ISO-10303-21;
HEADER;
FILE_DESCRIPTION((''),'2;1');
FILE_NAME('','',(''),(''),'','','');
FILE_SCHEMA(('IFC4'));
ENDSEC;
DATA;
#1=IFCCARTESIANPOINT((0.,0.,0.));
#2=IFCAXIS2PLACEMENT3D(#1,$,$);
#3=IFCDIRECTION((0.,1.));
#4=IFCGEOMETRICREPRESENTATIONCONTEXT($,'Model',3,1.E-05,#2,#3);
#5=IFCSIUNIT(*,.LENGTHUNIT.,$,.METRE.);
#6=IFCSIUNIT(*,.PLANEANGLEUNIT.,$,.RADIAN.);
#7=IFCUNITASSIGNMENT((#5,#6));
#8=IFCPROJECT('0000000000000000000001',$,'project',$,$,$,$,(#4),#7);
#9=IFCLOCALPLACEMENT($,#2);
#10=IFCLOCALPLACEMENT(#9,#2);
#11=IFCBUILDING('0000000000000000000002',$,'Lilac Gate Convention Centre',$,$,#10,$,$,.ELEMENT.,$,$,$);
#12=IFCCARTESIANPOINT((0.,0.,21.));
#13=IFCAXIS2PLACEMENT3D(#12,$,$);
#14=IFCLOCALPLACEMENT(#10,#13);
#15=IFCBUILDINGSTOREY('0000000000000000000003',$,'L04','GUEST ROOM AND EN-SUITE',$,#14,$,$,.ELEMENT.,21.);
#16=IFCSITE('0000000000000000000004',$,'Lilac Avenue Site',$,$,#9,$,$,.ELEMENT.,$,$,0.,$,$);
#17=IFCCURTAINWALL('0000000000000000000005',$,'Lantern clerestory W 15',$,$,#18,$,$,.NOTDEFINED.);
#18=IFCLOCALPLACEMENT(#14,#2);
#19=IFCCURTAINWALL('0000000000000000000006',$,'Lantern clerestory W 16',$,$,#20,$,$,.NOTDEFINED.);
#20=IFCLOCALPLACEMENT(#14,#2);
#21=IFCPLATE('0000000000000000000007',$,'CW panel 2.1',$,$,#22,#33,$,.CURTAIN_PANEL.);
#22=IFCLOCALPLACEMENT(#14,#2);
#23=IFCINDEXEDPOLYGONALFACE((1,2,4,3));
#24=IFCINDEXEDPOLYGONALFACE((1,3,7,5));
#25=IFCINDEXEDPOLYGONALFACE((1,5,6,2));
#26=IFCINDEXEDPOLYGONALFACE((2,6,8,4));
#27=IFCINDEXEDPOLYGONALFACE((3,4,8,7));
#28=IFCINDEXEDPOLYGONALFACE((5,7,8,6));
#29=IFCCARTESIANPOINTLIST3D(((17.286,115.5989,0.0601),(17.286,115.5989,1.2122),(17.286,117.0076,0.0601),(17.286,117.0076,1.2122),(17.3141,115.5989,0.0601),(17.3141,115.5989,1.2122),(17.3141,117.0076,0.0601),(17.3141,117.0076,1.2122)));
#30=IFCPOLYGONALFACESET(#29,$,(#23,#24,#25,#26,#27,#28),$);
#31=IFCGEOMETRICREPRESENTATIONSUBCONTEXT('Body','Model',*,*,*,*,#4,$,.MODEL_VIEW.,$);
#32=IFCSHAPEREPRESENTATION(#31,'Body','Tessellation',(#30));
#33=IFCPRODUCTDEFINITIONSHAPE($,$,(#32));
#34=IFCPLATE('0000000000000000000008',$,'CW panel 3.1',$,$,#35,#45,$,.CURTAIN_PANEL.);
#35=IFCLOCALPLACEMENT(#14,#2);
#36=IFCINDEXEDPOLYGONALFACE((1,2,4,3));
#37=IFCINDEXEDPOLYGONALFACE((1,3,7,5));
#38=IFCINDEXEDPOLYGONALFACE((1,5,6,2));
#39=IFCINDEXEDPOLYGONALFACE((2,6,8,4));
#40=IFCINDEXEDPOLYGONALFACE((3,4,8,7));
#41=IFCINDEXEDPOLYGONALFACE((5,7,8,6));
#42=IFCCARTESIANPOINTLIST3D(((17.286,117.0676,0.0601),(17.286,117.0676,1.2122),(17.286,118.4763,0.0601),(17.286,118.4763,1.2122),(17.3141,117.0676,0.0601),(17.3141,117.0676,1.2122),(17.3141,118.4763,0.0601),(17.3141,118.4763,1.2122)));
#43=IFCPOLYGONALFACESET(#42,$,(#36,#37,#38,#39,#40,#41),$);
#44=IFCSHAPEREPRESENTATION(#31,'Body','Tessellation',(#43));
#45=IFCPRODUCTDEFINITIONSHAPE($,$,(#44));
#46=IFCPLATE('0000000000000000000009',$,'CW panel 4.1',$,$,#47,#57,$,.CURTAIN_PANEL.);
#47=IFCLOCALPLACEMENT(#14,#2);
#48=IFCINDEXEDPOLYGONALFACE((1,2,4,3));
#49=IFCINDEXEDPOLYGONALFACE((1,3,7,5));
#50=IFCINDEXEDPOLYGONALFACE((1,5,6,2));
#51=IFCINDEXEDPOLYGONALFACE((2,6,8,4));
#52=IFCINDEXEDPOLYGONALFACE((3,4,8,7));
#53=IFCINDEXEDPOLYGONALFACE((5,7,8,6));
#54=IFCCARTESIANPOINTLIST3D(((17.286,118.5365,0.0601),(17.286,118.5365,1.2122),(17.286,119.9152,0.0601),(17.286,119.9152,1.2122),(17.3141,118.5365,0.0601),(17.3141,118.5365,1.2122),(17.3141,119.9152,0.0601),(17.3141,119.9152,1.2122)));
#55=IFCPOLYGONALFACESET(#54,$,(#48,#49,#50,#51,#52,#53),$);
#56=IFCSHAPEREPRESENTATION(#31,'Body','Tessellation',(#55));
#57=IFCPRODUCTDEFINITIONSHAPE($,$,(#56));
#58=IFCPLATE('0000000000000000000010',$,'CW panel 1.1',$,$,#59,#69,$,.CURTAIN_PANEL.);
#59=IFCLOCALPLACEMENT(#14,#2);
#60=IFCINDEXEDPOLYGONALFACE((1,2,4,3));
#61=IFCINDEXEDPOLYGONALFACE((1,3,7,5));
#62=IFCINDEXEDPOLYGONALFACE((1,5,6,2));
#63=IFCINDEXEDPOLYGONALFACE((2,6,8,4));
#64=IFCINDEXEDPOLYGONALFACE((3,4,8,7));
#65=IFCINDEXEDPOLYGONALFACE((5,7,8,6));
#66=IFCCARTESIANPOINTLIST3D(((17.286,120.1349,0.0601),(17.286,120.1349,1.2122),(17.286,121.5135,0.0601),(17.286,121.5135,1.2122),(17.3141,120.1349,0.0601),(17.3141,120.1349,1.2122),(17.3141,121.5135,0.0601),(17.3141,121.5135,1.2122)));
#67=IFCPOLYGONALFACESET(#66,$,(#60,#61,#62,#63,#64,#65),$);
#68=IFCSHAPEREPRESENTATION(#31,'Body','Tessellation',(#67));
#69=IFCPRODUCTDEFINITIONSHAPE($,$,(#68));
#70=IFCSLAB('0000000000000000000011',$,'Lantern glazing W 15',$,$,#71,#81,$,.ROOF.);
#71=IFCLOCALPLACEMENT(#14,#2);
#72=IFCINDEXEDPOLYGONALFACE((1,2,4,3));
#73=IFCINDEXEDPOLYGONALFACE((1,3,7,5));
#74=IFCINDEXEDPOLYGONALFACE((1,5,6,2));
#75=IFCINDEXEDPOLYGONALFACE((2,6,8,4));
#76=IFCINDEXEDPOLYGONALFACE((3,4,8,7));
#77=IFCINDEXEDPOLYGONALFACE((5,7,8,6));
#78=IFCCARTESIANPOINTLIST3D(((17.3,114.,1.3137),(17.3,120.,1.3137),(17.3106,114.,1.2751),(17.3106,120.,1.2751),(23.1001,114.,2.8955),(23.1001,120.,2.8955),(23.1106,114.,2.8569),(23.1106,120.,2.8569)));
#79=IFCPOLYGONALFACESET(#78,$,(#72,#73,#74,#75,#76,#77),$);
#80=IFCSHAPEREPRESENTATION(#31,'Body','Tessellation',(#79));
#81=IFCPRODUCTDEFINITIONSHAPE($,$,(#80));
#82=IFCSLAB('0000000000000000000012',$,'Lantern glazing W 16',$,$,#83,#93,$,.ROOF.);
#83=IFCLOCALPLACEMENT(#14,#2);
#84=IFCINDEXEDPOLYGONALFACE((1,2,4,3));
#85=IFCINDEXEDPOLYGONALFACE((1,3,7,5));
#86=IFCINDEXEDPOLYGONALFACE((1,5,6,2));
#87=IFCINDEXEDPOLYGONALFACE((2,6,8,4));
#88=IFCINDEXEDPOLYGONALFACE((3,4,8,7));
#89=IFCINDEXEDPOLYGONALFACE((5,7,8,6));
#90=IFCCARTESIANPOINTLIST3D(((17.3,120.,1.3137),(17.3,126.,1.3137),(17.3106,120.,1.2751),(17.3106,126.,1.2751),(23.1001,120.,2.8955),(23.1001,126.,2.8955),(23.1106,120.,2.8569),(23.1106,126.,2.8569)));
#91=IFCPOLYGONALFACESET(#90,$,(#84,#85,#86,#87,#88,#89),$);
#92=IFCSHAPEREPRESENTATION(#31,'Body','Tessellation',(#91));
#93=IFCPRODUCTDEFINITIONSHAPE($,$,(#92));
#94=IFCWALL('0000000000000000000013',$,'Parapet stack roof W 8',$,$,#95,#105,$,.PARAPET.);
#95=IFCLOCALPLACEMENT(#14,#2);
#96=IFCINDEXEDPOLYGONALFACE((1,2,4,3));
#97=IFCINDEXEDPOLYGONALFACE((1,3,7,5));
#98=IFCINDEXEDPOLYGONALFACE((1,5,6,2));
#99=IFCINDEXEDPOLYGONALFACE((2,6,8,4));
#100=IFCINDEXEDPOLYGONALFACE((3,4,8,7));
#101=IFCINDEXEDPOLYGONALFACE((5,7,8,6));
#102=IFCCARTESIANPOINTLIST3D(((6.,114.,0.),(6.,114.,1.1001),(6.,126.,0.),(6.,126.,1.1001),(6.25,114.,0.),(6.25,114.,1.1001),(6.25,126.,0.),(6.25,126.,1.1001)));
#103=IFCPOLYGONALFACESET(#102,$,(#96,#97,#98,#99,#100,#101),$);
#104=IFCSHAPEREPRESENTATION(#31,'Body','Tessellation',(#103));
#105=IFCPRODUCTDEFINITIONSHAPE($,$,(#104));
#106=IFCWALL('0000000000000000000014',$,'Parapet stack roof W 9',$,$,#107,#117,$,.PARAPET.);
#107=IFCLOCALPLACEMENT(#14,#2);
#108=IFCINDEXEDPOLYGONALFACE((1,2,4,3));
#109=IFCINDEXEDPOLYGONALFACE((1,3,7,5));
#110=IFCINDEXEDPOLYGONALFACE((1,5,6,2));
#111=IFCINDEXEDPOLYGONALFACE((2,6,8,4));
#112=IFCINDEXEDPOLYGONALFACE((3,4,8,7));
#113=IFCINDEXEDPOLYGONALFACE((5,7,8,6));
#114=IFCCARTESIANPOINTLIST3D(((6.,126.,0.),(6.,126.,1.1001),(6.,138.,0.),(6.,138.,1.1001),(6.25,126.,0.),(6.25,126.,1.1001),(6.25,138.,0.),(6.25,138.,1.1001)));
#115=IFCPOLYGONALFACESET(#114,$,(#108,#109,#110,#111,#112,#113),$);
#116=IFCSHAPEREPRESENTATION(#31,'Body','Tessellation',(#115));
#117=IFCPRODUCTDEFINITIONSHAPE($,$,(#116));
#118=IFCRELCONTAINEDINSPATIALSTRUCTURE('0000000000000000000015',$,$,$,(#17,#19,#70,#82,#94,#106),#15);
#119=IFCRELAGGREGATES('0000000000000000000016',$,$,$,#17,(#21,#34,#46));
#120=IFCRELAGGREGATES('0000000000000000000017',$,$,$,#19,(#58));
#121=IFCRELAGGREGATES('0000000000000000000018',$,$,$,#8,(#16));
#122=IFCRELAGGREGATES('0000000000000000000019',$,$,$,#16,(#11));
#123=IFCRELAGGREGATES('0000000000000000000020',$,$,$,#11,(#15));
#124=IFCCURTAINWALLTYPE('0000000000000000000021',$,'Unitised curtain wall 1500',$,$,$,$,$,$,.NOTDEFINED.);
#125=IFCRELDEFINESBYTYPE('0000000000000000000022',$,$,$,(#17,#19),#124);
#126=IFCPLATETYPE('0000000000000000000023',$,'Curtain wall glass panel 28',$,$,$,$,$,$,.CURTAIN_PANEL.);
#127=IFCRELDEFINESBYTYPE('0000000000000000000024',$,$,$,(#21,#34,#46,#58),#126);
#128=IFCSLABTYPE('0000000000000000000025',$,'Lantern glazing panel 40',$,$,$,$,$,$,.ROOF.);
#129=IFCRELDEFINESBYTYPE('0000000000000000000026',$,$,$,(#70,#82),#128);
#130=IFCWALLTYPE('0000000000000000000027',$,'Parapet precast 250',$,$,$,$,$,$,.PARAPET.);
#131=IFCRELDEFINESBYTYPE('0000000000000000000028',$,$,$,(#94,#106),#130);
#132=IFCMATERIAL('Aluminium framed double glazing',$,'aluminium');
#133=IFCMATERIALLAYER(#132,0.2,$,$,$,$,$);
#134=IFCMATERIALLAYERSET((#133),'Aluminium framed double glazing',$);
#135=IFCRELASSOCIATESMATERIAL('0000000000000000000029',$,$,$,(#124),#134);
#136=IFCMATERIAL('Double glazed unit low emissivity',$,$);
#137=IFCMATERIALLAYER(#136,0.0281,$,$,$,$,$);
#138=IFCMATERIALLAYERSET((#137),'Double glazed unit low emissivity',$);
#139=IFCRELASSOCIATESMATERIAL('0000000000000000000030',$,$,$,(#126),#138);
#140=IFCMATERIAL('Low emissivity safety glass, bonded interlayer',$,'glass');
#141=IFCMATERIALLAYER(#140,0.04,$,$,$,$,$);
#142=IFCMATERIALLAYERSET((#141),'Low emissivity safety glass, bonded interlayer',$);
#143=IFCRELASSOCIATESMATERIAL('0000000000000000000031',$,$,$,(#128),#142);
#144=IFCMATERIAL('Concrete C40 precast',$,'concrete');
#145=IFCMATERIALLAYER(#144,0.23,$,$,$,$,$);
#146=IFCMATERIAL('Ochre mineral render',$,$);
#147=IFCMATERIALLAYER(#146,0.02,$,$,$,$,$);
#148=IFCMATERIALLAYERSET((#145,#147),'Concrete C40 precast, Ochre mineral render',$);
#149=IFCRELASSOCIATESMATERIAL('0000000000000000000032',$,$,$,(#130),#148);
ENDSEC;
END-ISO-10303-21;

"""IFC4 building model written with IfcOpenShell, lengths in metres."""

from ifc_helpers import new_model, si_unit, direction, frame, frame_2d, origin, origin_2d, place, context, subcontext, project, spatial, polyline, rectangle, outline, extrude, material, layer, layer_set, type_object, element, aggregate, save


model = new_model("IFC4")

# Units and contexts
model_context = context("Model", 3, precision=1e-05, world=origin(), true_north=direction((0.0, 1.0)))
body_context = subcontext(model_context, "Body", "Model", "MODEL_VIEW")
ifc_project = project(units=[si_unit("LENGTHUNIT", "METRE"), si_unit("PLANEANGLEUNIT", "RADIAN")], contexts=[model_context])

# Site, building, storey
site_placement = place(None, origin())
site = spatial("IfcSite", under=ifc_project, at=site_placement, Name="Lilac Avenue Site", CompositionType="ELEMENT", RefElevation=0.0)
building_placement = place(site_placement, origin())
building = spatial("IfcBuilding", under=site, at=building_placement, Name="Lilac Gate Convention Centre", CompositionType="ELEMENT")
storey_placement = place(building_placement, frame((0.0, 0.0, 21.0)))
storey = spatial("IfcBuildingStorey", under=building, at=storey_placement, Name="L04", Description="GUEST ROOM AND EN-SUITE", CompositionType="ELEMENT", Elevation=21.0)

# Curtain walls
ifc_material_1 = material(Name="Aluminium framed double glazing", Category="aluminium")
ifc_layer_1 = layer(ifc_material_1, 0.2)
ifc_layer_set_1 = layer_set([ifc_layer_1], Name="Aluminium framed double glazing")
curtain_wall_type = type_object("IfcCurtainWallType", Name="Unitised curtain wall 1500", PredefinedType="NOTDEFINED", material=ifc_layer_set_1)
curtain_wall_1_placement = place(storey_placement, origin())
curtain_wall_1 = element("IfcCurtainWall", 1, at=curtain_wall_1_placement, inside=storey, type_object=curtain_wall_type, Name="Lantern clerestory W 15", PredefinedType="NOTDEFINED")
curtain_wall_2_placement = place(storey_placement, origin())
curtain_wall_2 = element("IfcCurtainWall", 2, at=curtain_wall_2_placement, inside=storey, type_object=curtain_wall_type, Name="Lantern clerestory W 16", PredefinedType="NOTDEFINED")

# Plates
ifc_material_2 = material(Name="Double glazed unit low emissivity")
ifc_layer_2 = layer(ifc_material_2, 0.0281)
ifc_layer_set_2 = layer_set([ifc_layer_2], Name="Double glazed unit low emissivity")
plate_type = type_object("IfcPlateType", Name="Curtain wall glass panel 28", PredefinedType="CURTAIN_PANEL", material=ifc_layer_set_2)
plate_1_placement = place(storey_placement, frame((17.3, 116.3032, 0.0601), z_axis=(0.0, 0.0, 1.0), x_axis=(0.0, 1.0, 0.0)))
plate_1 = element("IfcPlate", 3, at=plate_1_placement, type_object=plate_type, Name="CW panel 2.1", PredefinedType="CURTAIN_PANEL", context=body_context, shape_type="SweptSolid", body=[
    extrude(rectangle(XDim=1.4087, YDim=0.0281, at=origin_2d()), origin(), (0.0, 0.0, 1.0), 1.1521),
])
plate_2_placement = place(storey_placement, frame((17.3, 117.772, 0.0601), z_axis=(0.0, 0.0, 1.0), x_axis=(0.0, 1.0, 0.0)))
plate_2 = element("IfcPlate", 4, at=plate_2_placement, type_object=plate_type, Name="CW panel 3.1", PredefinedType="CURTAIN_PANEL", context=body_context, shape_type="SweptSolid", body=[
    extrude(rectangle(XDim=1.4087, YDim=0.0281, at=origin_2d()), origin(), (0.0, 0.0, 1.0), 1.1521),
])
plate_3_placement = place(storey_placement, frame((17.3, 119.2258, 0.0601), z_axis=(0.0, 0.0, 1.0), x_axis=(0.0, 1.0, 0.0)))
plate_3 = element("IfcPlate", 5, at=plate_3_placement, type_object=plate_type, Name="CW panel 4.1", PredefinedType="CURTAIN_PANEL", context=body_context, shape_type="SweptSolid", body=[
    extrude(rectangle(XDim=1.3787, YDim=0.0281, at=origin_2d()), origin(), (0.0, 0.0, 1.0), 1.1521),
])
aggregate(curtain_wall_1, [plate_1, plate_2, plate_3])
plate_4_placement = place(storey_placement, frame((17.3, 120.8242, 0.0601), z_axis=(0.0, 0.0, 1.0), x_axis=(0.0, 1.0, 0.0)))
plate_4 = element("IfcPlate", 6, at=plate_4_placement, type_object=plate_type, Name="CW panel 1.1", PredefinedType="CURTAIN_PANEL", context=body_context, shape_type="SweptSolid", body=[
    extrude(rectangle(XDim=1.3787, YDim=0.0281, at=origin_2d()), origin(), (0.0, 0.0, 1.0), 1.1521),
])
aggregate(curtain_wall_2, [plate_4])

# Slabs
ifc_material_3 = material(Name="Low emissivity safety glass, bonded interlayer", Category="glass")
ifc_layer_3 = layer(ifc_material_3, 0.04)
ifc_layer_set_3 = layer_set([ifc_layer_3], Name="Low emissivity safety glass, bonded interlayer")
slab_type = type_object("IfcSlabType", Name="Lantern glazing panel 40", PredefinedType="ROOF", material=ifc_layer_set_3)
for number, where, z_axis, x_axis, name in (
    (7, (17.3, 114.0, 1.3137), (-0.263111, 0.0, 0.964766), (0.964766, 0.0, 0.263111), "Lantern glazing W 15"),
    (8, (17.3, 120.0, 1.3137), (-0.263111, 0.0, 0.964766), (0.964766, 0.0, 0.263111), "Lantern glazing W 16"),
):
    element("IfcSlab", number, at=place(storey_placement, frame(where, z_axis=z_axis, x_axis=x_axis)), inside=storey, type_object=slab_type, Name=name, PredefinedType="ROOF", context=body_context, shape_type="SweptSolid", body=[
        extrude(outline(polyline([(0.0, 0.0), (6.0119, 0.0), (6.0119, 6.0), (0.0, 6.0), (0.0, 0.0)])), origin(), (0.0, 0.0, -1.0), 0.04),
    ])

# Walls
ifc_material_4 = material(Name="Concrete C40 precast", Category="concrete")
ifc_layer_4 = layer(ifc_material_4, 0.23)
ifc_material_5 = material(Name="Ochre mineral render")
ifc_layer_5 = layer(ifc_material_5, 0.02)
ifc_layer_set_4 = layer_set([ifc_layer_4, ifc_layer_5], Name="Concrete C40 precast, Ochre mineral render")
wall_type = type_object("IfcWallType", Name="Parapet precast 250", PredefinedType="PARAPET", material=ifc_layer_set_4)
for number, where, z_axis, x_axis, name in (
    (9, (6.125, 114.0, 0.0), (0.0, 0.0, 1.0), (0.0, 1.0, 0.0), "Parapet stack roof W 8"),
    (10, (6.125, 126.0, 0.0), (0.0, 0.0, 1.0), (0.0, 1.0, 0.0), "Parapet stack roof W 9"),
):
    element("IfcWall", number, at=place(storey_placement, frame(where, z_axis=z_axis, x_axis=x_axis)), inside=storey, type_object=wall_type, Name=name, PredefinedType="PARAPET", context=body_context, shape_type="SweptSolid", body=[
        extrude(rectangle(XDim=12.0, YDim=0.25, at=frame_2d((6.0, 0.0))), origin(), (0.0, 0.0, 1.0), 1.1001),
    ])

save(model, "model.ifc")
